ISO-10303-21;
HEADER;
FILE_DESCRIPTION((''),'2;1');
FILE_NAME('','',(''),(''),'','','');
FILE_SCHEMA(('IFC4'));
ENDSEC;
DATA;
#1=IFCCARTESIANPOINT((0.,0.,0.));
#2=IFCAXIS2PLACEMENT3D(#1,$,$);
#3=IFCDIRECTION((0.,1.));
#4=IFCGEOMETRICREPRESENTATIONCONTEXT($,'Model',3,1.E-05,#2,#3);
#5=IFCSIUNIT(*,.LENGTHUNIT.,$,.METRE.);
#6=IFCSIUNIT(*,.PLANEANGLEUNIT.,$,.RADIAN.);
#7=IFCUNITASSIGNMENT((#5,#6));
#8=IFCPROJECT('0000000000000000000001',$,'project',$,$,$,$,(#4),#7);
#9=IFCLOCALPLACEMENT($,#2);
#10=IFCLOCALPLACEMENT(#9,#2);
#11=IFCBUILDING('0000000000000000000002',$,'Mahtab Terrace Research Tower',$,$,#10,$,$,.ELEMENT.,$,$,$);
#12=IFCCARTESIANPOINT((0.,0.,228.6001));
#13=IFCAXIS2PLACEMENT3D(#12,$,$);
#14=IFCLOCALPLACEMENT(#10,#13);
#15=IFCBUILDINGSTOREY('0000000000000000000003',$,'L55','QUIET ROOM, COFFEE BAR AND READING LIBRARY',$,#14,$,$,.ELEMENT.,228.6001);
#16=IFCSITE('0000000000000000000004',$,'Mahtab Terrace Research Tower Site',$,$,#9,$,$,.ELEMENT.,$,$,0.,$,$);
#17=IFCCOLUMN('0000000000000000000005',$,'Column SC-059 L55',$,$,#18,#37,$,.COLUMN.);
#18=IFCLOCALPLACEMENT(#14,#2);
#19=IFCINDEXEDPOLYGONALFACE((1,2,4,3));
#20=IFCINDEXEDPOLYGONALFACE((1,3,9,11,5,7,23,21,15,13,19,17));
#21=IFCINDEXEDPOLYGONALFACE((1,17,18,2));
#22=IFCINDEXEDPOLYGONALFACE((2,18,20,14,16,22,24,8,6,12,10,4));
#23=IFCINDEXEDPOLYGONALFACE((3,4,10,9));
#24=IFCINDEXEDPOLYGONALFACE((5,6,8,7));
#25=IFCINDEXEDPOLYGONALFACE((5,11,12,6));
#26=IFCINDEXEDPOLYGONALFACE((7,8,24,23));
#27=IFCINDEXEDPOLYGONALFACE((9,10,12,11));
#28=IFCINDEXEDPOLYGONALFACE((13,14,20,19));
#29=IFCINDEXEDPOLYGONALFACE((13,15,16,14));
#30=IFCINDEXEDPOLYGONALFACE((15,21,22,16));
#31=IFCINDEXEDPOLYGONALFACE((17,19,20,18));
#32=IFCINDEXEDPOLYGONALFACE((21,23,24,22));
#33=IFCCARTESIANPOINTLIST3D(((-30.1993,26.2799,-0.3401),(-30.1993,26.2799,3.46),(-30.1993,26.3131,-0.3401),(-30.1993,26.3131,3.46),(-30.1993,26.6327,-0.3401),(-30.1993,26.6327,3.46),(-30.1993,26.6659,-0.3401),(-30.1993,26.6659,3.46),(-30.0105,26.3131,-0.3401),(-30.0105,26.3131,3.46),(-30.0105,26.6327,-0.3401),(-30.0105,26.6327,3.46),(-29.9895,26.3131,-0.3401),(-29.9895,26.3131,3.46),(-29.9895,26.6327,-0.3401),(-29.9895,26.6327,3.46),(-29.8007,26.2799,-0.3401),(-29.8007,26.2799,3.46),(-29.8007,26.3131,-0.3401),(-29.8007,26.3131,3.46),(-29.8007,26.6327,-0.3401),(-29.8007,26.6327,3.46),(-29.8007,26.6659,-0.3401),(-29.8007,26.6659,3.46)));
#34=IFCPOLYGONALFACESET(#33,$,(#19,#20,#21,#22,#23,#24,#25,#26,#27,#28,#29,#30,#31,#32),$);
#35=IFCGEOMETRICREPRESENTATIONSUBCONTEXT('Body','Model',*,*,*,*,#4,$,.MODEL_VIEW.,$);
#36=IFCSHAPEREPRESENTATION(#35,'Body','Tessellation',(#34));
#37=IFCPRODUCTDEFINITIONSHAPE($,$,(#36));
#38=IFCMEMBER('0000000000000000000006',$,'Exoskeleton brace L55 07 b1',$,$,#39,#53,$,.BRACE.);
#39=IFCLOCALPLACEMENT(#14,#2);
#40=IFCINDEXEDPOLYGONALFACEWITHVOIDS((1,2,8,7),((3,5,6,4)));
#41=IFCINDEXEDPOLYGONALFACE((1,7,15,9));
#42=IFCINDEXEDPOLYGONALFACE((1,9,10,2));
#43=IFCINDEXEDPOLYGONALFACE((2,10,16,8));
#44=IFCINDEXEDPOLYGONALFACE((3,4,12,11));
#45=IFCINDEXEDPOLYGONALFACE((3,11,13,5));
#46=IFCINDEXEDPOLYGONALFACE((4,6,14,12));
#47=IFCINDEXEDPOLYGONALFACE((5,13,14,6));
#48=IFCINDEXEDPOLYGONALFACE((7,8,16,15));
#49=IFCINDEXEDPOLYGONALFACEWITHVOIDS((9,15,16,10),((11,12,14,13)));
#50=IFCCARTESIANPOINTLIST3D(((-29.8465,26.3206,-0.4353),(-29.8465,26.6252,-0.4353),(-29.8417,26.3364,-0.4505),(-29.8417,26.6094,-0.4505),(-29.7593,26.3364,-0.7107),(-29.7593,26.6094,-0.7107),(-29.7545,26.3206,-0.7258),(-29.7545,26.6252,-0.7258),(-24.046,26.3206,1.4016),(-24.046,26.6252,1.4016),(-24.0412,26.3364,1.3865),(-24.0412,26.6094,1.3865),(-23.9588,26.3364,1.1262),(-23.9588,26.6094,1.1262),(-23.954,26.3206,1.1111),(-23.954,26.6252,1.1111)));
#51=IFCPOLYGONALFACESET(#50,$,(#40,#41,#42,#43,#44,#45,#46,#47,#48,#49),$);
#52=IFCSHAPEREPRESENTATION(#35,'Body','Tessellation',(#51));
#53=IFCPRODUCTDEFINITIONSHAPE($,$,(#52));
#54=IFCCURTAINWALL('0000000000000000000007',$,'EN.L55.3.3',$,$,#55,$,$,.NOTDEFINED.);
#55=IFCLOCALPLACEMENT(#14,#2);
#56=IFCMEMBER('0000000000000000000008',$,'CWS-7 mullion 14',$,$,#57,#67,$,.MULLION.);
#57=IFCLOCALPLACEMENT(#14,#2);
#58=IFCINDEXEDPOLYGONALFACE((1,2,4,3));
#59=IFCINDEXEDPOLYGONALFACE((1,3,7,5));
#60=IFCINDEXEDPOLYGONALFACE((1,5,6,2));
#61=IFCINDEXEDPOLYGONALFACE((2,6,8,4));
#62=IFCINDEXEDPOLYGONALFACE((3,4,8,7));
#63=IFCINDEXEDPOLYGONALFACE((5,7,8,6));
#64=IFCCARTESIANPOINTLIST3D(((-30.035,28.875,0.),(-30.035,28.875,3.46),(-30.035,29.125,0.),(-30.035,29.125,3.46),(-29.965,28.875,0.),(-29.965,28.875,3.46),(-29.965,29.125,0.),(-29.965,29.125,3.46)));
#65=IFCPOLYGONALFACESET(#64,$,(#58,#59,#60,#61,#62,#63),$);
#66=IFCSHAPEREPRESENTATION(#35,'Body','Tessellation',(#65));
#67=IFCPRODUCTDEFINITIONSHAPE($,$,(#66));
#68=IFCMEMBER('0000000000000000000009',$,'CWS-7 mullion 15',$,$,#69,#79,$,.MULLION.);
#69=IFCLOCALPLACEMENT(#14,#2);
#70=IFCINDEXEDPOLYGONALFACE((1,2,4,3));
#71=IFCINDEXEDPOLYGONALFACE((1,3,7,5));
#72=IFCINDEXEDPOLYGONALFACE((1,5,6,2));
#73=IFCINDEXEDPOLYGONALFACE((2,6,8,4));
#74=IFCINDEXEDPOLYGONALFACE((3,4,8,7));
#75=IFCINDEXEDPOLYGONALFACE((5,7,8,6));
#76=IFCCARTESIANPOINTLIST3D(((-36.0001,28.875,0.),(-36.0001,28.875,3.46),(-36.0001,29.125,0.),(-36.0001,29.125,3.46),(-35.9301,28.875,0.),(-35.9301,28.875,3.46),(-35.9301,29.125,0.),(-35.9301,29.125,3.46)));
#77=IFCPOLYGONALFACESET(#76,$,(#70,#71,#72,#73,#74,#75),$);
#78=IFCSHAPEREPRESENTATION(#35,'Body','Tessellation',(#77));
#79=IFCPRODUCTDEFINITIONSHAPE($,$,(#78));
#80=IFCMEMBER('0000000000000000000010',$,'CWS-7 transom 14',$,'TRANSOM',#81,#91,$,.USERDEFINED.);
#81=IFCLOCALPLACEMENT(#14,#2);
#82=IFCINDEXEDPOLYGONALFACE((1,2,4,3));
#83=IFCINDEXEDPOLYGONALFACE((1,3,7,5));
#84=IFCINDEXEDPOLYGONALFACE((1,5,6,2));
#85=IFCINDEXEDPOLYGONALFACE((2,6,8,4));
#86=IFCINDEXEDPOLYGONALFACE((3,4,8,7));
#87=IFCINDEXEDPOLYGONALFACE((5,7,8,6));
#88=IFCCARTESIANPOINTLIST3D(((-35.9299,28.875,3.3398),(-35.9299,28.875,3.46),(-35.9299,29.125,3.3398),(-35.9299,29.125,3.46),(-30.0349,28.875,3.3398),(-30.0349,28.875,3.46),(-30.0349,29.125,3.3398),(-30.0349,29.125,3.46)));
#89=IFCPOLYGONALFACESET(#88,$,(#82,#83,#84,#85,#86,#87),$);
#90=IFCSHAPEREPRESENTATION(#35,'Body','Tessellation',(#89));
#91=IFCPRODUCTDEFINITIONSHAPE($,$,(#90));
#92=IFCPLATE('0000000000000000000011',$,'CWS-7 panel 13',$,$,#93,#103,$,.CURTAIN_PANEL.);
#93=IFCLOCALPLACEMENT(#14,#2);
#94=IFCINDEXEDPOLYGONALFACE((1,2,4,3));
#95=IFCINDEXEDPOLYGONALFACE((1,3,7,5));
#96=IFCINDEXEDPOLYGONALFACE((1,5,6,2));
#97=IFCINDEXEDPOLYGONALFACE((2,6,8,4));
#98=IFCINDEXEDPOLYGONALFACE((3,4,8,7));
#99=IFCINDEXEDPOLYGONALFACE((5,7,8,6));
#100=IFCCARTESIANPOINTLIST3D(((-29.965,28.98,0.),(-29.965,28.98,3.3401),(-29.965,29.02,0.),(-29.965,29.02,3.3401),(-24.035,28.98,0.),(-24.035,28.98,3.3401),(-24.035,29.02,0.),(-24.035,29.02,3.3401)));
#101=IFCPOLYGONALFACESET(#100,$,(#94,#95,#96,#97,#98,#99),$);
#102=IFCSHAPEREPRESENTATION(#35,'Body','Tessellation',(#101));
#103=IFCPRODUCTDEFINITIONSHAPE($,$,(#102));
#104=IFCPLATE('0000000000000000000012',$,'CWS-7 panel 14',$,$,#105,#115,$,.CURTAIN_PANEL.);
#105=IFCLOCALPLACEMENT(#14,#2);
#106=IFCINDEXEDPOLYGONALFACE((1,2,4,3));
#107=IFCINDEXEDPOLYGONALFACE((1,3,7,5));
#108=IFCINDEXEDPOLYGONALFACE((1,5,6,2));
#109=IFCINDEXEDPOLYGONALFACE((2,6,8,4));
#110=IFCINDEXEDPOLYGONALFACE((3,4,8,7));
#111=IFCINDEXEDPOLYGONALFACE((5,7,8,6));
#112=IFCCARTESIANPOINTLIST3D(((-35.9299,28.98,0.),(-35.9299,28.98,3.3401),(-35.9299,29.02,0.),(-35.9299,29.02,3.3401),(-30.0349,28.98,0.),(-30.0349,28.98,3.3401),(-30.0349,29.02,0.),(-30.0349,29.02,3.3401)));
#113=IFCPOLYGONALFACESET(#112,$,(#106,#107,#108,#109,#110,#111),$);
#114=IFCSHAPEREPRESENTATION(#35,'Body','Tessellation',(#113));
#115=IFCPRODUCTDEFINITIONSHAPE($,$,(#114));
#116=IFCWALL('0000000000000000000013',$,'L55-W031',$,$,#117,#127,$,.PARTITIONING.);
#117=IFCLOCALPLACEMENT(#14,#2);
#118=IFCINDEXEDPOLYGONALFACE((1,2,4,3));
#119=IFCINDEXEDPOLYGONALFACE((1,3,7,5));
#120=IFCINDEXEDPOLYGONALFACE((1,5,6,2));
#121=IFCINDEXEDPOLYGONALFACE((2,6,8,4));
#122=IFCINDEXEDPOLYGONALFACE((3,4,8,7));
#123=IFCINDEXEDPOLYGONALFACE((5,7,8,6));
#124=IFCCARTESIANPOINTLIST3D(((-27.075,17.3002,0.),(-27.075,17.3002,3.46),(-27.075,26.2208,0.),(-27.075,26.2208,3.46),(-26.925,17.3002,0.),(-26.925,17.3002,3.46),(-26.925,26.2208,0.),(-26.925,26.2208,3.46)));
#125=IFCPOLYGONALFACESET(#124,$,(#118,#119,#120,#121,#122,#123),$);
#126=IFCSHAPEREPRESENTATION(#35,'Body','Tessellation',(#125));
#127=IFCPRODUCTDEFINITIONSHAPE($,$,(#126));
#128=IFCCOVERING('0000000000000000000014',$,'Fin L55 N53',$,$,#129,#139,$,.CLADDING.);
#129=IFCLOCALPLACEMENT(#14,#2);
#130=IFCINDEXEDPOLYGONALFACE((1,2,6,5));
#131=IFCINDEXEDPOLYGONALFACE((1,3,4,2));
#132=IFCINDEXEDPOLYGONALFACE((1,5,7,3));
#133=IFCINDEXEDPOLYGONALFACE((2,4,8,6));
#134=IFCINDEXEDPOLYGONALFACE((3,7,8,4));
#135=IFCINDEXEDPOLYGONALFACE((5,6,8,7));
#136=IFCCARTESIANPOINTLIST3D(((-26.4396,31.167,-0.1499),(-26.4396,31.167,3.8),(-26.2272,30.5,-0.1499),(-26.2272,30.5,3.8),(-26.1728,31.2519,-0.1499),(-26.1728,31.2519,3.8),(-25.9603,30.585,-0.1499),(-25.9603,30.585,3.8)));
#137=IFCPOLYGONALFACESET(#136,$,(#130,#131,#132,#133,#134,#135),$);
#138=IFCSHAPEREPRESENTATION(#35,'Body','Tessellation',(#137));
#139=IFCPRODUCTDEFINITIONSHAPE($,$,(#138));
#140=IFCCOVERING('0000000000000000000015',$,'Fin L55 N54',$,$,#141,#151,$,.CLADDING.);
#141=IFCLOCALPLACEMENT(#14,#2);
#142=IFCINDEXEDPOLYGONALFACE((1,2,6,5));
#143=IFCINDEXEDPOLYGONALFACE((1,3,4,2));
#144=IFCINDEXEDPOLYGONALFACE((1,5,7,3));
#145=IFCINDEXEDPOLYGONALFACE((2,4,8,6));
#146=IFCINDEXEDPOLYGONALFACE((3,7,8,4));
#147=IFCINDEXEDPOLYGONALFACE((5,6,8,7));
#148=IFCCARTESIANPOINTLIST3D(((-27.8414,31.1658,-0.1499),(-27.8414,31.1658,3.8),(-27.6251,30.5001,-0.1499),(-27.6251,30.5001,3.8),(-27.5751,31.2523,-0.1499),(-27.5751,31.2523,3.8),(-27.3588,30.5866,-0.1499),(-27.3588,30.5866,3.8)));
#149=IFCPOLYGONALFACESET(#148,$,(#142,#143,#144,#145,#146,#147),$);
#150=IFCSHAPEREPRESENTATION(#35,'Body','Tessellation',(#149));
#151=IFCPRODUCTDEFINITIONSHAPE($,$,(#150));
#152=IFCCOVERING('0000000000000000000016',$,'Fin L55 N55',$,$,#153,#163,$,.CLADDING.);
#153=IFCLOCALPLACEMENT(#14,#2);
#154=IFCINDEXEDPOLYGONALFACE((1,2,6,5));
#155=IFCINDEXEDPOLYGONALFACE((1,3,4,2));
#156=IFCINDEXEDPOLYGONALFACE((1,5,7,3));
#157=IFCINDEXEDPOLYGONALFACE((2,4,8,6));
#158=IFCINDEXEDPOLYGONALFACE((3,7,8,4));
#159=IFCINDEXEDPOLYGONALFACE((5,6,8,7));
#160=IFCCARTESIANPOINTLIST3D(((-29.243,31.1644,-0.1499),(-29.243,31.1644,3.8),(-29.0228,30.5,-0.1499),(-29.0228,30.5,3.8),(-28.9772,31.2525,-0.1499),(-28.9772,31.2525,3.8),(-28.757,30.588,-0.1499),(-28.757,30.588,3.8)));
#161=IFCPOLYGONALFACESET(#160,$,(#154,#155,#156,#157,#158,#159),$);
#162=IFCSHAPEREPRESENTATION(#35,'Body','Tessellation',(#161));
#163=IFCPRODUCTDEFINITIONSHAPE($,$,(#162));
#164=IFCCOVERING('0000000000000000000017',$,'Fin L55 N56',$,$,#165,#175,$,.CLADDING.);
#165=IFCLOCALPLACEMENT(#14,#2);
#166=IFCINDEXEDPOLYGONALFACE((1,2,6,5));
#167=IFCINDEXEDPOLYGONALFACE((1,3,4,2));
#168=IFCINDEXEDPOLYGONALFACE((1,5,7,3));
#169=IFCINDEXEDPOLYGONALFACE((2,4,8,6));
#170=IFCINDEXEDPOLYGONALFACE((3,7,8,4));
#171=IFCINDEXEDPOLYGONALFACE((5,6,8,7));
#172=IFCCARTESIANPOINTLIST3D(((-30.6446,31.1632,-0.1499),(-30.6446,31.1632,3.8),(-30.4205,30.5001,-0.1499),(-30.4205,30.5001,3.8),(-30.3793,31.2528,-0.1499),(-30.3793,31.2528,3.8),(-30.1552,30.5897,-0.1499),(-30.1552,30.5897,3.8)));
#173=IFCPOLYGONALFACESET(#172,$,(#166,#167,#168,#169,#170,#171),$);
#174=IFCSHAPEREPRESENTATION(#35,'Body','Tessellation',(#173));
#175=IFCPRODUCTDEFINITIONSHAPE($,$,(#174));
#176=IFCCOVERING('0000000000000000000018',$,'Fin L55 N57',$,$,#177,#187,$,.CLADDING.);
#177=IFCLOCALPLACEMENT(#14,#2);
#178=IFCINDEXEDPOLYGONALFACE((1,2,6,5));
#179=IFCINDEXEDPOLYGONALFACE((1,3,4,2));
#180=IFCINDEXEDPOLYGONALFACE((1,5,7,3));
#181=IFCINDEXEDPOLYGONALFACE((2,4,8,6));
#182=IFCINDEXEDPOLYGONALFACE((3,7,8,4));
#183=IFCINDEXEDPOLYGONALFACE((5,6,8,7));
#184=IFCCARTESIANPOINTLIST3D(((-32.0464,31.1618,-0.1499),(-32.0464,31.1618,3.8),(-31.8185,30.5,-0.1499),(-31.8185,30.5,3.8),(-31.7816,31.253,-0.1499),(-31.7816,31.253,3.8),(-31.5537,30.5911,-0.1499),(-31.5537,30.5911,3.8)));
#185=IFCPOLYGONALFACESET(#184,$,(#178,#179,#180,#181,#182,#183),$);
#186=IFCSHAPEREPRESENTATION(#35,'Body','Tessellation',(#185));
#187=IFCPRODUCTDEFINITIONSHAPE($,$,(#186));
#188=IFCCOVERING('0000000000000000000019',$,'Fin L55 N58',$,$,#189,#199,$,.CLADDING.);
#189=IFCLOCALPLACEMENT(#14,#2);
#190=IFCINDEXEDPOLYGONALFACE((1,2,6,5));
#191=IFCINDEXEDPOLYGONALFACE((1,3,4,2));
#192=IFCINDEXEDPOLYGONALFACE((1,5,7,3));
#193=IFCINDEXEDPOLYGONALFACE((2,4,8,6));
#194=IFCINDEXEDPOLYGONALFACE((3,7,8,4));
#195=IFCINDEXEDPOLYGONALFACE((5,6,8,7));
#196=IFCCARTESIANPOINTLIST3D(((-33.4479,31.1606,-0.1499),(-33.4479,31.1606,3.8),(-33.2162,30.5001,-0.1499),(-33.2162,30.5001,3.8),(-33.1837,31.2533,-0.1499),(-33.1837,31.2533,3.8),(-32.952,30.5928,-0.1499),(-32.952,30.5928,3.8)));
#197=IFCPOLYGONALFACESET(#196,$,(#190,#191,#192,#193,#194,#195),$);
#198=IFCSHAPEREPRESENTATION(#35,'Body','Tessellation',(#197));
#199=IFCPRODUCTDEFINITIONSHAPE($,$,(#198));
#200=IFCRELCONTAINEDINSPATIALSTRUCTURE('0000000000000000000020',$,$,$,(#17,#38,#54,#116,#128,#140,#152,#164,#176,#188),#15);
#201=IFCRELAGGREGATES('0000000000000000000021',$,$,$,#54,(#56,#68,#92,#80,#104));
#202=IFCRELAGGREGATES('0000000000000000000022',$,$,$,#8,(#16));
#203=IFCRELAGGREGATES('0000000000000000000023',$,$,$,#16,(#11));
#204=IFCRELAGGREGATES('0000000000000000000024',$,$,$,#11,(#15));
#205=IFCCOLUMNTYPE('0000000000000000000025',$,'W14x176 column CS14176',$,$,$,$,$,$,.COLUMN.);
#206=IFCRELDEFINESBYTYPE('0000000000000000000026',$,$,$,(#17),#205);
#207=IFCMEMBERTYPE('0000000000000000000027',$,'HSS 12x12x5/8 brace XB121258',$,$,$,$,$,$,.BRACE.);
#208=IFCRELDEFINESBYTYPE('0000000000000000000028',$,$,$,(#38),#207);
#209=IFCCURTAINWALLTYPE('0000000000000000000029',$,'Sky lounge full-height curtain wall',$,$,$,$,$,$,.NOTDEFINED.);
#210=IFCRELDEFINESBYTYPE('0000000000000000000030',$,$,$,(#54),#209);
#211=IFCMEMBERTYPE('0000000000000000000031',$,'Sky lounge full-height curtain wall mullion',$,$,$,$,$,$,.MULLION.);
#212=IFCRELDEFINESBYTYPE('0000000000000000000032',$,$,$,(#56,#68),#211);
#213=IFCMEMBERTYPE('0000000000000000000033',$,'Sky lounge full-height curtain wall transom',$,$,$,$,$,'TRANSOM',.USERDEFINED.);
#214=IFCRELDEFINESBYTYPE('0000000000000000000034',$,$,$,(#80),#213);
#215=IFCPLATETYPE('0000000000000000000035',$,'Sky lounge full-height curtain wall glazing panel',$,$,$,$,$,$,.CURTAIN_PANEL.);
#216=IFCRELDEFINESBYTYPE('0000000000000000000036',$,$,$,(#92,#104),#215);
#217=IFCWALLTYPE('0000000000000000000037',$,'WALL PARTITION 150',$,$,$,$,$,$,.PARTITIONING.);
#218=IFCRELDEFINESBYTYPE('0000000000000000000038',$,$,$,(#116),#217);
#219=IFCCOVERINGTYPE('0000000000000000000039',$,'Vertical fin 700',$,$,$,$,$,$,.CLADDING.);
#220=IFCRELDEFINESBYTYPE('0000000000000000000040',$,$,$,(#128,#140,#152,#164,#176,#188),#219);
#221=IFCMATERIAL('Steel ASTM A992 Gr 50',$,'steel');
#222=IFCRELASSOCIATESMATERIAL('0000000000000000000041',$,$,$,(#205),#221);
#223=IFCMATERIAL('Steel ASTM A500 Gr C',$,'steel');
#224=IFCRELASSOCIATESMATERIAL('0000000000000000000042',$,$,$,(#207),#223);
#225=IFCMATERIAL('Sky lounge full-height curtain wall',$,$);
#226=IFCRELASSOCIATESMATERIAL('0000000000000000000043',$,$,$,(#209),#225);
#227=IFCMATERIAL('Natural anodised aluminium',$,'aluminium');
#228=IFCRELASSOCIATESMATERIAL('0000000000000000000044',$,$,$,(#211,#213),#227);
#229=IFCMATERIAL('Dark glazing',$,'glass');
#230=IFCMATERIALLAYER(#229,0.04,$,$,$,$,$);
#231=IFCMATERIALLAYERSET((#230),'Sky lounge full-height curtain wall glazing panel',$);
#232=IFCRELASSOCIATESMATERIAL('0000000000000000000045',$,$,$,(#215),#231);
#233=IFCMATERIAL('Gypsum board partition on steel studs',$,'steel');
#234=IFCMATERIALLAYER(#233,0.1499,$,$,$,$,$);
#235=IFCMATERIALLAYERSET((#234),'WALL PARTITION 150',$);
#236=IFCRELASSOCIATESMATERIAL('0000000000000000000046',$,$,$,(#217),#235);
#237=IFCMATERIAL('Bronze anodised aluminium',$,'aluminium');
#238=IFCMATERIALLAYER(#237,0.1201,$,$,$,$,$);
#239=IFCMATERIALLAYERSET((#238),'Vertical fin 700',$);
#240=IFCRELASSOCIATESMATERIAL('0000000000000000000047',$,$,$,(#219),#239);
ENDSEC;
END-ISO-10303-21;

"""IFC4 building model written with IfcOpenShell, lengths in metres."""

from ifc_helpers import new_model, si_unit, direction, frame, frame_2d, origin, origin_2d, place, context, subcontext, project, spatial, rectangle, hollow_rectangle, i_section, extrude, material, layer, layer_set, material_profile, profile_set, type_object, element, aggregate, save


model = new_model("IFC4")

# Units and contexts
model_context = context("Model", 3, precision=1e-05, world=origin(), true_north=direction((0.0, 1.0)))
body_context = subcontext(model_context, "Body", "Model", "MODEL_VIEW")
ifc_project = project(units=[si_unit("LENGTHUNIT", "METRE"), si_unit("PLANEANGLEUNIT", "RADIAN")], contexts=[model_context])

# Site, building, storey
site_placement = place(None, origin())
site = spatial("IfcSite", under=ifc_project, at=site_placement, Name="Mahtab Terrace Research Tower Site", CompositionType="ELEMENT", RefElevation=0.0)
building_placement = place(site_placement, origin())
building = spatial("IfcBuilding", under=site, at=building_placement, Name="Mahtab Terrace Research Tower", CompositionType="ELEMENT")
storey_placement = place(building_placement, frame((0.0, 0.0, 228.6001)))
storey = spatial("IfcBuildingStorey", under=building, at=storey_placement, Name="L55", Description="QUIET ROOM, COFFEE BAR AND READING LIBRARY", CompositionType="ELEMENT", Elevation=228.6001)

# Column
ifc_material_1 = material(Name="Steel ASTM A992 Gr 50", Category="steel")
ifc_material_profile_1 = material_profile(ifc_material_1, i_section(OverallWidth=0.3987, OverallDepth=0.386, WebThickness=0.021, FlangeThickness=0.0332, at=origin_2d()), Name="W14X176")
ifc_profile_set_1 = profile_set([ifc_material_profile_1], Name="Steel ASTM A992 Gr 50")
column_type = type_object("IfcColumnType", Name="W14x176 column CS14176", PredefinedType="COLUMN", material=ifc_profile_set_1)
column_placement = place(storey_placement, frame((-30.0, 26.4729, -0.3401), z_axis=(0.0, 0.0, 1.0), x_axis=(1.0, 0.0, 0.0)))
element("IfcColumn", 1, at=column_placement, inside=storey, type_object=column_type, Name="Column SC-059 L55", PredefinedType="COLUMN", context=body_context, shape_type="SweptSolid", body=[
    extrude(i_section(OverallWidth=0.3987, OverallDepth=0.386, WebThickness=0.021, FlangeThickness=0.0332, at=origin_2d()), origin(), (0.0, 0.0, 1.0), 3.8),
])

# Member
ifc_material_2 = material(Name="Steel ASTM A500 Gr C", Category="steel")
ifc_material_profile_2 = material_profile(ifc_material_2, hollow_rectangle(XDim=0.3047, YDim=0.3047, WallThickness=0.0159, at=origin_2d()), Name="HSS12X12X5/8")
ifc_profile_set_2 = profile_set([ifc_material_profile_2], Name="Steel ASTM A500 Gr C")
member_type_1 = type_object("IfcMemberType", Name="HSS 12x12x5/8 brace XB121258", PredefinedType="BRACE", material=ifc_profile_set_2)
member_1_placement = place(storey_placement, frame((-29.8005, 26.4729, -0.5806), z_axis=(0.953339, 0.0, 0.301903), x_axis=(0.0, 1.0, 0.0)))
element("IfcMember", 2, at=member_1_placement, inside=storey, type_object=member_type_1, Name="Exoskeleton brace L55 07 b1", PredefinedType="BRACE", context=body_context, shape_type="SweptSolid", body=[
    extrude(hollow_rectangle(XDim=0.3047, YDim=0.3047, WallThickness=0.0159, at=origin_2d()), origin(), (0.0, 0.0, 1.0), 6.0845),
])

# Curtain wall, members, plates
ifc_material_3 = material(Name="Sky lounge full-height curtain wall")
curtain_wall_type = type_object("IfcCurtainWallType", Name="Sky lounge full-height curtain wall", PredefinedType="NOTDEFINED", material=ifc_material_3)
curtain_wall_placement = place(storey_placement, origin())
curtain_wall = element("IfcCurtainWall", 3, at=curtain_wall_placement, inside=storey, type_object=curtain_wall_type, Name="EN.L55.3.3", PredefinedType="NOTDEFINED")
ifc_material_4 = material(Name="Natural anodised aluminium", Category="aluminium")
ifc_material_profile_3 = material_profile(ifc_material_4, rectangle(XDim=0.25, YDim=0.0701, at=origin_2d()), Name="MULLION 70x250")
ifc_profile_set_3 = profile_set([ifc_material_profile_3], Name="Natural anodised aluminium")
member_type_2 = type_object("IfcMemberType", Name="Sky lounge full-height curtain wall mullion", PredefinedType="MULLION", material=ifc_profile_set_3)
member_2_placement = place(storey_placement, frame((-30.0, 29.0, 0.0), z_axis=(0.0, 0.0, 1.0), x_axis=(0.0, -1.0, 0.0)))
member_2 = element("IfcMember", 4, at=member_2_placement, type_object=member_type_2, Name="CWS-7 mullion 14", PredefinedType="MULLION", context=body_context, shape_type="SweptSolid", body=[
    extrude(rectangle(XDim=0.25, YDim=0.0701, at=origin_2d()), origin(), (0.0, 0.0, 1.0), 3.46),
])
member_3_placement = place(storey_placement, frame((-35.9651, 29.0, 0.0), z_axis=(0.0, 0.0, 1.0), x_axis=(0.0, -1.0, 0.0)))
member_3 = element("IfcMember", 5, at=member_3_placement, type_object=member_type_2, Name="CWS-7 mullion 15", PredefinedType="MULLION", context=body_context, shape_type="SweptSolid", body=[
    extrude(rectangle(XDim=0.25, YDim=0.0701, at=origin_2d()), origin(), (0.0, 0.0, 1.0), 3.46),
])
ifc_material_profile_4 = material_profile(ifc_material_4, rectangle(XDim=0.25, YDim=0.1201, at=origin_2d()), Name="TRANSOM 120x250")
ifc_profile_set_4 = profile_set([ifc_material_profile_4], Name="Natural anodised aluminium")
member_type_3 = type_object("IfcMemberType", Name="Sky lounge full-height curtain wall transom", ElementType="TRANSOM", PredefinedType="USERDEFINED", material=ifc_profile_set_4)
member_4_placement = place(storey_placement, frame((-30.0349, 29.0, 3.3999), z_axis=(-1.0, 0.0, 0.0), x_axis=(0.0, -1.0, 0.0)))
member_4 = element("IfcMember", 6, at=member_4_placement, type_object=member_type_3, Name="CWS-7 transom 14", ObjectType="TRANSOM", PredefinedType="USERDEFINED", context=body_context, shape_type="SweptSolid", body=[
    extrude(rectangle(XDim=0.25, YDim=0.1201, at=origin_2d()), origin(), (0.0, 0.0, 1.0), 5.895),
])
ifc_material_5 = material(Name="Dark glazing", Category="glass")
ifc_layer_1 = layer(ifc_material_5, 0.04)
ifc_layer_set_1 = layer_set([ifc_layer_1], Name="Sky lounge full-height curtain wall glazing panel")
plate_type = type_object("IfcPlateType", Name="Sky lounge full-height curtain wall glazing panel", PredefinedType="CURTAIN_PANEL", material=ifc_layer_set_1)
plate_1_placement = place(storey_placement, frame((-27.0, 29.0, 0.0), z_axis=(0.0, 0.0, 1.0), x_axis=(-1.0, 0.0, 0.0)))
plate_1 = element("IfcPlate", 7, at=plate_1_placement, type_object=plate_type, Name="CWS-7 panel 13", PredefinedType="CURTAIN_PANEL", context=body_context, shape_type="SweptSolid", body=[
    extrude(rectangle(XDim=5.9299, YDim=0.04, at=origin_2d()), origin(), (0.0, 0.0, 1.0), 3.3401),
])
plate_2_placement = place(storey_placement, frame((-32.9824, 29.0, 0.0), z_axis=(0.0, 0.0, 1.0), x_axis=(-1.0, 0.0, 0.0)))
plate_2 = element("IfcPlate", 8, at=plate_2_placement, type_object=plate_type, Name="CWS-7 panel 14", PredefinedType="CURTAIN_PANEL", context=body_context, shape_type="SweptSolid", body=[
    extrude(rectangle(XDim=5.895, YDim=0.04, at=origin_2d()), origin(), (0.0, 0.0, 1.0), 3.3401),
])
aggregate(curtain_wall, [member_2, member_3, plate_1, member_4, plate_2])

# Wall
ifc_material_6 = material(Name="Gypsum board partition on steel studs", Category="steel")
ifc_layer_2 = layer(ifc_material_6, 0.1499)
ifc_layer_set_2 = layer_set([ifc_layer_2], Name="WALL PARTITION 150")
wall_type = type_object("IfcWallType", Name="WALL PARTITION 150", PredefinedType="PARTITIONING", material=ifc_layer_set_2)
wall_placement = place(storey_placement, frame((-27.0, 17.3, 0.0), z_axis=(0.0, 0.0, 1.0), x_axis=(0.0, 1.0, 0.0)))
element("IfcWall", 9, at=wall_placement, inside=storey, type_object=wall_type, Name="L55-W031", PredefinedType="PARTITIONING", context=body_context, shape_type="SweptSolid", body=[
    extrude(rectangle(XDim=8.9207, YDim=0.1499, at=frame_2d((4.4604, 0.0))), origin(), (0.0, 0.0, 1.0), 3.46),
])

# Coverings
ifc_material_7 = material(Name="Bronze anodised aluminium", Category="aluminium")
ifc_layer_3 = layer(ifc_material_7, 0.1201)
ifc_layer_set_3 = layer_set([ifc_layer_3], Name="Vertical fin 700")
covering_type = type_object("IfcCoveringType", Name="Vertical fin 700", PredefinedType="CLADDING", material=ifc_layer_set_3)
for number, where, z_axis, x_axis, name in (
    (10, (-26.2, 30.876, -0.1499), (0.0, 0.0, 1.0), (-0.952838, -0.303479, 0.0), "Fin L55 N53"),
    (11, (-27.6001, 30.8762, -0.1499), (0.0, 0.0, 1.0), (-0.951057, -0.309017, 0.0), "Fin L55 N54"),
    (12, (-29.0, 30.8762, -0.1499), (0.0, 0.0, 1.0), (-0.949243, -0.314545, 0.0), "Fin L55 N55"),
    (13, (-30.3999, 30.8765, -0.1499), (0.0, 0.0, 1.0), (-0.947397, -0.320062, 0.0), "Fin L55 N56"),
    (14, (-31.8, 30.8765, -0.1499), (0.0, 0.0, 1.0), (-0.945519, -0.325568, 0.0), "Fin L55 N57"),
    (15, (-33.2, 30.8767, -0.1499), (0.0, 0.0, 1.0), (-0.943609, -0.331063, 0.0), "Fin L55 N58"),
):
    element("IfcCovering", number, at=place(storey_placement, frame(where, z_axis=z_axis, x_axis=x_axis)), inside=storey, type_object=covering_type, Name=name, PredefinedType="CLADDING", context=body_context, shape_type="SweptSolid", body=[
        extrude(rectangle(XDim=0.28, YDim=0.7, at=origin_2d()), origin(), (0.0, 0.0, 1.0), 3.95),
    ])

save(model, "model.ifc")
